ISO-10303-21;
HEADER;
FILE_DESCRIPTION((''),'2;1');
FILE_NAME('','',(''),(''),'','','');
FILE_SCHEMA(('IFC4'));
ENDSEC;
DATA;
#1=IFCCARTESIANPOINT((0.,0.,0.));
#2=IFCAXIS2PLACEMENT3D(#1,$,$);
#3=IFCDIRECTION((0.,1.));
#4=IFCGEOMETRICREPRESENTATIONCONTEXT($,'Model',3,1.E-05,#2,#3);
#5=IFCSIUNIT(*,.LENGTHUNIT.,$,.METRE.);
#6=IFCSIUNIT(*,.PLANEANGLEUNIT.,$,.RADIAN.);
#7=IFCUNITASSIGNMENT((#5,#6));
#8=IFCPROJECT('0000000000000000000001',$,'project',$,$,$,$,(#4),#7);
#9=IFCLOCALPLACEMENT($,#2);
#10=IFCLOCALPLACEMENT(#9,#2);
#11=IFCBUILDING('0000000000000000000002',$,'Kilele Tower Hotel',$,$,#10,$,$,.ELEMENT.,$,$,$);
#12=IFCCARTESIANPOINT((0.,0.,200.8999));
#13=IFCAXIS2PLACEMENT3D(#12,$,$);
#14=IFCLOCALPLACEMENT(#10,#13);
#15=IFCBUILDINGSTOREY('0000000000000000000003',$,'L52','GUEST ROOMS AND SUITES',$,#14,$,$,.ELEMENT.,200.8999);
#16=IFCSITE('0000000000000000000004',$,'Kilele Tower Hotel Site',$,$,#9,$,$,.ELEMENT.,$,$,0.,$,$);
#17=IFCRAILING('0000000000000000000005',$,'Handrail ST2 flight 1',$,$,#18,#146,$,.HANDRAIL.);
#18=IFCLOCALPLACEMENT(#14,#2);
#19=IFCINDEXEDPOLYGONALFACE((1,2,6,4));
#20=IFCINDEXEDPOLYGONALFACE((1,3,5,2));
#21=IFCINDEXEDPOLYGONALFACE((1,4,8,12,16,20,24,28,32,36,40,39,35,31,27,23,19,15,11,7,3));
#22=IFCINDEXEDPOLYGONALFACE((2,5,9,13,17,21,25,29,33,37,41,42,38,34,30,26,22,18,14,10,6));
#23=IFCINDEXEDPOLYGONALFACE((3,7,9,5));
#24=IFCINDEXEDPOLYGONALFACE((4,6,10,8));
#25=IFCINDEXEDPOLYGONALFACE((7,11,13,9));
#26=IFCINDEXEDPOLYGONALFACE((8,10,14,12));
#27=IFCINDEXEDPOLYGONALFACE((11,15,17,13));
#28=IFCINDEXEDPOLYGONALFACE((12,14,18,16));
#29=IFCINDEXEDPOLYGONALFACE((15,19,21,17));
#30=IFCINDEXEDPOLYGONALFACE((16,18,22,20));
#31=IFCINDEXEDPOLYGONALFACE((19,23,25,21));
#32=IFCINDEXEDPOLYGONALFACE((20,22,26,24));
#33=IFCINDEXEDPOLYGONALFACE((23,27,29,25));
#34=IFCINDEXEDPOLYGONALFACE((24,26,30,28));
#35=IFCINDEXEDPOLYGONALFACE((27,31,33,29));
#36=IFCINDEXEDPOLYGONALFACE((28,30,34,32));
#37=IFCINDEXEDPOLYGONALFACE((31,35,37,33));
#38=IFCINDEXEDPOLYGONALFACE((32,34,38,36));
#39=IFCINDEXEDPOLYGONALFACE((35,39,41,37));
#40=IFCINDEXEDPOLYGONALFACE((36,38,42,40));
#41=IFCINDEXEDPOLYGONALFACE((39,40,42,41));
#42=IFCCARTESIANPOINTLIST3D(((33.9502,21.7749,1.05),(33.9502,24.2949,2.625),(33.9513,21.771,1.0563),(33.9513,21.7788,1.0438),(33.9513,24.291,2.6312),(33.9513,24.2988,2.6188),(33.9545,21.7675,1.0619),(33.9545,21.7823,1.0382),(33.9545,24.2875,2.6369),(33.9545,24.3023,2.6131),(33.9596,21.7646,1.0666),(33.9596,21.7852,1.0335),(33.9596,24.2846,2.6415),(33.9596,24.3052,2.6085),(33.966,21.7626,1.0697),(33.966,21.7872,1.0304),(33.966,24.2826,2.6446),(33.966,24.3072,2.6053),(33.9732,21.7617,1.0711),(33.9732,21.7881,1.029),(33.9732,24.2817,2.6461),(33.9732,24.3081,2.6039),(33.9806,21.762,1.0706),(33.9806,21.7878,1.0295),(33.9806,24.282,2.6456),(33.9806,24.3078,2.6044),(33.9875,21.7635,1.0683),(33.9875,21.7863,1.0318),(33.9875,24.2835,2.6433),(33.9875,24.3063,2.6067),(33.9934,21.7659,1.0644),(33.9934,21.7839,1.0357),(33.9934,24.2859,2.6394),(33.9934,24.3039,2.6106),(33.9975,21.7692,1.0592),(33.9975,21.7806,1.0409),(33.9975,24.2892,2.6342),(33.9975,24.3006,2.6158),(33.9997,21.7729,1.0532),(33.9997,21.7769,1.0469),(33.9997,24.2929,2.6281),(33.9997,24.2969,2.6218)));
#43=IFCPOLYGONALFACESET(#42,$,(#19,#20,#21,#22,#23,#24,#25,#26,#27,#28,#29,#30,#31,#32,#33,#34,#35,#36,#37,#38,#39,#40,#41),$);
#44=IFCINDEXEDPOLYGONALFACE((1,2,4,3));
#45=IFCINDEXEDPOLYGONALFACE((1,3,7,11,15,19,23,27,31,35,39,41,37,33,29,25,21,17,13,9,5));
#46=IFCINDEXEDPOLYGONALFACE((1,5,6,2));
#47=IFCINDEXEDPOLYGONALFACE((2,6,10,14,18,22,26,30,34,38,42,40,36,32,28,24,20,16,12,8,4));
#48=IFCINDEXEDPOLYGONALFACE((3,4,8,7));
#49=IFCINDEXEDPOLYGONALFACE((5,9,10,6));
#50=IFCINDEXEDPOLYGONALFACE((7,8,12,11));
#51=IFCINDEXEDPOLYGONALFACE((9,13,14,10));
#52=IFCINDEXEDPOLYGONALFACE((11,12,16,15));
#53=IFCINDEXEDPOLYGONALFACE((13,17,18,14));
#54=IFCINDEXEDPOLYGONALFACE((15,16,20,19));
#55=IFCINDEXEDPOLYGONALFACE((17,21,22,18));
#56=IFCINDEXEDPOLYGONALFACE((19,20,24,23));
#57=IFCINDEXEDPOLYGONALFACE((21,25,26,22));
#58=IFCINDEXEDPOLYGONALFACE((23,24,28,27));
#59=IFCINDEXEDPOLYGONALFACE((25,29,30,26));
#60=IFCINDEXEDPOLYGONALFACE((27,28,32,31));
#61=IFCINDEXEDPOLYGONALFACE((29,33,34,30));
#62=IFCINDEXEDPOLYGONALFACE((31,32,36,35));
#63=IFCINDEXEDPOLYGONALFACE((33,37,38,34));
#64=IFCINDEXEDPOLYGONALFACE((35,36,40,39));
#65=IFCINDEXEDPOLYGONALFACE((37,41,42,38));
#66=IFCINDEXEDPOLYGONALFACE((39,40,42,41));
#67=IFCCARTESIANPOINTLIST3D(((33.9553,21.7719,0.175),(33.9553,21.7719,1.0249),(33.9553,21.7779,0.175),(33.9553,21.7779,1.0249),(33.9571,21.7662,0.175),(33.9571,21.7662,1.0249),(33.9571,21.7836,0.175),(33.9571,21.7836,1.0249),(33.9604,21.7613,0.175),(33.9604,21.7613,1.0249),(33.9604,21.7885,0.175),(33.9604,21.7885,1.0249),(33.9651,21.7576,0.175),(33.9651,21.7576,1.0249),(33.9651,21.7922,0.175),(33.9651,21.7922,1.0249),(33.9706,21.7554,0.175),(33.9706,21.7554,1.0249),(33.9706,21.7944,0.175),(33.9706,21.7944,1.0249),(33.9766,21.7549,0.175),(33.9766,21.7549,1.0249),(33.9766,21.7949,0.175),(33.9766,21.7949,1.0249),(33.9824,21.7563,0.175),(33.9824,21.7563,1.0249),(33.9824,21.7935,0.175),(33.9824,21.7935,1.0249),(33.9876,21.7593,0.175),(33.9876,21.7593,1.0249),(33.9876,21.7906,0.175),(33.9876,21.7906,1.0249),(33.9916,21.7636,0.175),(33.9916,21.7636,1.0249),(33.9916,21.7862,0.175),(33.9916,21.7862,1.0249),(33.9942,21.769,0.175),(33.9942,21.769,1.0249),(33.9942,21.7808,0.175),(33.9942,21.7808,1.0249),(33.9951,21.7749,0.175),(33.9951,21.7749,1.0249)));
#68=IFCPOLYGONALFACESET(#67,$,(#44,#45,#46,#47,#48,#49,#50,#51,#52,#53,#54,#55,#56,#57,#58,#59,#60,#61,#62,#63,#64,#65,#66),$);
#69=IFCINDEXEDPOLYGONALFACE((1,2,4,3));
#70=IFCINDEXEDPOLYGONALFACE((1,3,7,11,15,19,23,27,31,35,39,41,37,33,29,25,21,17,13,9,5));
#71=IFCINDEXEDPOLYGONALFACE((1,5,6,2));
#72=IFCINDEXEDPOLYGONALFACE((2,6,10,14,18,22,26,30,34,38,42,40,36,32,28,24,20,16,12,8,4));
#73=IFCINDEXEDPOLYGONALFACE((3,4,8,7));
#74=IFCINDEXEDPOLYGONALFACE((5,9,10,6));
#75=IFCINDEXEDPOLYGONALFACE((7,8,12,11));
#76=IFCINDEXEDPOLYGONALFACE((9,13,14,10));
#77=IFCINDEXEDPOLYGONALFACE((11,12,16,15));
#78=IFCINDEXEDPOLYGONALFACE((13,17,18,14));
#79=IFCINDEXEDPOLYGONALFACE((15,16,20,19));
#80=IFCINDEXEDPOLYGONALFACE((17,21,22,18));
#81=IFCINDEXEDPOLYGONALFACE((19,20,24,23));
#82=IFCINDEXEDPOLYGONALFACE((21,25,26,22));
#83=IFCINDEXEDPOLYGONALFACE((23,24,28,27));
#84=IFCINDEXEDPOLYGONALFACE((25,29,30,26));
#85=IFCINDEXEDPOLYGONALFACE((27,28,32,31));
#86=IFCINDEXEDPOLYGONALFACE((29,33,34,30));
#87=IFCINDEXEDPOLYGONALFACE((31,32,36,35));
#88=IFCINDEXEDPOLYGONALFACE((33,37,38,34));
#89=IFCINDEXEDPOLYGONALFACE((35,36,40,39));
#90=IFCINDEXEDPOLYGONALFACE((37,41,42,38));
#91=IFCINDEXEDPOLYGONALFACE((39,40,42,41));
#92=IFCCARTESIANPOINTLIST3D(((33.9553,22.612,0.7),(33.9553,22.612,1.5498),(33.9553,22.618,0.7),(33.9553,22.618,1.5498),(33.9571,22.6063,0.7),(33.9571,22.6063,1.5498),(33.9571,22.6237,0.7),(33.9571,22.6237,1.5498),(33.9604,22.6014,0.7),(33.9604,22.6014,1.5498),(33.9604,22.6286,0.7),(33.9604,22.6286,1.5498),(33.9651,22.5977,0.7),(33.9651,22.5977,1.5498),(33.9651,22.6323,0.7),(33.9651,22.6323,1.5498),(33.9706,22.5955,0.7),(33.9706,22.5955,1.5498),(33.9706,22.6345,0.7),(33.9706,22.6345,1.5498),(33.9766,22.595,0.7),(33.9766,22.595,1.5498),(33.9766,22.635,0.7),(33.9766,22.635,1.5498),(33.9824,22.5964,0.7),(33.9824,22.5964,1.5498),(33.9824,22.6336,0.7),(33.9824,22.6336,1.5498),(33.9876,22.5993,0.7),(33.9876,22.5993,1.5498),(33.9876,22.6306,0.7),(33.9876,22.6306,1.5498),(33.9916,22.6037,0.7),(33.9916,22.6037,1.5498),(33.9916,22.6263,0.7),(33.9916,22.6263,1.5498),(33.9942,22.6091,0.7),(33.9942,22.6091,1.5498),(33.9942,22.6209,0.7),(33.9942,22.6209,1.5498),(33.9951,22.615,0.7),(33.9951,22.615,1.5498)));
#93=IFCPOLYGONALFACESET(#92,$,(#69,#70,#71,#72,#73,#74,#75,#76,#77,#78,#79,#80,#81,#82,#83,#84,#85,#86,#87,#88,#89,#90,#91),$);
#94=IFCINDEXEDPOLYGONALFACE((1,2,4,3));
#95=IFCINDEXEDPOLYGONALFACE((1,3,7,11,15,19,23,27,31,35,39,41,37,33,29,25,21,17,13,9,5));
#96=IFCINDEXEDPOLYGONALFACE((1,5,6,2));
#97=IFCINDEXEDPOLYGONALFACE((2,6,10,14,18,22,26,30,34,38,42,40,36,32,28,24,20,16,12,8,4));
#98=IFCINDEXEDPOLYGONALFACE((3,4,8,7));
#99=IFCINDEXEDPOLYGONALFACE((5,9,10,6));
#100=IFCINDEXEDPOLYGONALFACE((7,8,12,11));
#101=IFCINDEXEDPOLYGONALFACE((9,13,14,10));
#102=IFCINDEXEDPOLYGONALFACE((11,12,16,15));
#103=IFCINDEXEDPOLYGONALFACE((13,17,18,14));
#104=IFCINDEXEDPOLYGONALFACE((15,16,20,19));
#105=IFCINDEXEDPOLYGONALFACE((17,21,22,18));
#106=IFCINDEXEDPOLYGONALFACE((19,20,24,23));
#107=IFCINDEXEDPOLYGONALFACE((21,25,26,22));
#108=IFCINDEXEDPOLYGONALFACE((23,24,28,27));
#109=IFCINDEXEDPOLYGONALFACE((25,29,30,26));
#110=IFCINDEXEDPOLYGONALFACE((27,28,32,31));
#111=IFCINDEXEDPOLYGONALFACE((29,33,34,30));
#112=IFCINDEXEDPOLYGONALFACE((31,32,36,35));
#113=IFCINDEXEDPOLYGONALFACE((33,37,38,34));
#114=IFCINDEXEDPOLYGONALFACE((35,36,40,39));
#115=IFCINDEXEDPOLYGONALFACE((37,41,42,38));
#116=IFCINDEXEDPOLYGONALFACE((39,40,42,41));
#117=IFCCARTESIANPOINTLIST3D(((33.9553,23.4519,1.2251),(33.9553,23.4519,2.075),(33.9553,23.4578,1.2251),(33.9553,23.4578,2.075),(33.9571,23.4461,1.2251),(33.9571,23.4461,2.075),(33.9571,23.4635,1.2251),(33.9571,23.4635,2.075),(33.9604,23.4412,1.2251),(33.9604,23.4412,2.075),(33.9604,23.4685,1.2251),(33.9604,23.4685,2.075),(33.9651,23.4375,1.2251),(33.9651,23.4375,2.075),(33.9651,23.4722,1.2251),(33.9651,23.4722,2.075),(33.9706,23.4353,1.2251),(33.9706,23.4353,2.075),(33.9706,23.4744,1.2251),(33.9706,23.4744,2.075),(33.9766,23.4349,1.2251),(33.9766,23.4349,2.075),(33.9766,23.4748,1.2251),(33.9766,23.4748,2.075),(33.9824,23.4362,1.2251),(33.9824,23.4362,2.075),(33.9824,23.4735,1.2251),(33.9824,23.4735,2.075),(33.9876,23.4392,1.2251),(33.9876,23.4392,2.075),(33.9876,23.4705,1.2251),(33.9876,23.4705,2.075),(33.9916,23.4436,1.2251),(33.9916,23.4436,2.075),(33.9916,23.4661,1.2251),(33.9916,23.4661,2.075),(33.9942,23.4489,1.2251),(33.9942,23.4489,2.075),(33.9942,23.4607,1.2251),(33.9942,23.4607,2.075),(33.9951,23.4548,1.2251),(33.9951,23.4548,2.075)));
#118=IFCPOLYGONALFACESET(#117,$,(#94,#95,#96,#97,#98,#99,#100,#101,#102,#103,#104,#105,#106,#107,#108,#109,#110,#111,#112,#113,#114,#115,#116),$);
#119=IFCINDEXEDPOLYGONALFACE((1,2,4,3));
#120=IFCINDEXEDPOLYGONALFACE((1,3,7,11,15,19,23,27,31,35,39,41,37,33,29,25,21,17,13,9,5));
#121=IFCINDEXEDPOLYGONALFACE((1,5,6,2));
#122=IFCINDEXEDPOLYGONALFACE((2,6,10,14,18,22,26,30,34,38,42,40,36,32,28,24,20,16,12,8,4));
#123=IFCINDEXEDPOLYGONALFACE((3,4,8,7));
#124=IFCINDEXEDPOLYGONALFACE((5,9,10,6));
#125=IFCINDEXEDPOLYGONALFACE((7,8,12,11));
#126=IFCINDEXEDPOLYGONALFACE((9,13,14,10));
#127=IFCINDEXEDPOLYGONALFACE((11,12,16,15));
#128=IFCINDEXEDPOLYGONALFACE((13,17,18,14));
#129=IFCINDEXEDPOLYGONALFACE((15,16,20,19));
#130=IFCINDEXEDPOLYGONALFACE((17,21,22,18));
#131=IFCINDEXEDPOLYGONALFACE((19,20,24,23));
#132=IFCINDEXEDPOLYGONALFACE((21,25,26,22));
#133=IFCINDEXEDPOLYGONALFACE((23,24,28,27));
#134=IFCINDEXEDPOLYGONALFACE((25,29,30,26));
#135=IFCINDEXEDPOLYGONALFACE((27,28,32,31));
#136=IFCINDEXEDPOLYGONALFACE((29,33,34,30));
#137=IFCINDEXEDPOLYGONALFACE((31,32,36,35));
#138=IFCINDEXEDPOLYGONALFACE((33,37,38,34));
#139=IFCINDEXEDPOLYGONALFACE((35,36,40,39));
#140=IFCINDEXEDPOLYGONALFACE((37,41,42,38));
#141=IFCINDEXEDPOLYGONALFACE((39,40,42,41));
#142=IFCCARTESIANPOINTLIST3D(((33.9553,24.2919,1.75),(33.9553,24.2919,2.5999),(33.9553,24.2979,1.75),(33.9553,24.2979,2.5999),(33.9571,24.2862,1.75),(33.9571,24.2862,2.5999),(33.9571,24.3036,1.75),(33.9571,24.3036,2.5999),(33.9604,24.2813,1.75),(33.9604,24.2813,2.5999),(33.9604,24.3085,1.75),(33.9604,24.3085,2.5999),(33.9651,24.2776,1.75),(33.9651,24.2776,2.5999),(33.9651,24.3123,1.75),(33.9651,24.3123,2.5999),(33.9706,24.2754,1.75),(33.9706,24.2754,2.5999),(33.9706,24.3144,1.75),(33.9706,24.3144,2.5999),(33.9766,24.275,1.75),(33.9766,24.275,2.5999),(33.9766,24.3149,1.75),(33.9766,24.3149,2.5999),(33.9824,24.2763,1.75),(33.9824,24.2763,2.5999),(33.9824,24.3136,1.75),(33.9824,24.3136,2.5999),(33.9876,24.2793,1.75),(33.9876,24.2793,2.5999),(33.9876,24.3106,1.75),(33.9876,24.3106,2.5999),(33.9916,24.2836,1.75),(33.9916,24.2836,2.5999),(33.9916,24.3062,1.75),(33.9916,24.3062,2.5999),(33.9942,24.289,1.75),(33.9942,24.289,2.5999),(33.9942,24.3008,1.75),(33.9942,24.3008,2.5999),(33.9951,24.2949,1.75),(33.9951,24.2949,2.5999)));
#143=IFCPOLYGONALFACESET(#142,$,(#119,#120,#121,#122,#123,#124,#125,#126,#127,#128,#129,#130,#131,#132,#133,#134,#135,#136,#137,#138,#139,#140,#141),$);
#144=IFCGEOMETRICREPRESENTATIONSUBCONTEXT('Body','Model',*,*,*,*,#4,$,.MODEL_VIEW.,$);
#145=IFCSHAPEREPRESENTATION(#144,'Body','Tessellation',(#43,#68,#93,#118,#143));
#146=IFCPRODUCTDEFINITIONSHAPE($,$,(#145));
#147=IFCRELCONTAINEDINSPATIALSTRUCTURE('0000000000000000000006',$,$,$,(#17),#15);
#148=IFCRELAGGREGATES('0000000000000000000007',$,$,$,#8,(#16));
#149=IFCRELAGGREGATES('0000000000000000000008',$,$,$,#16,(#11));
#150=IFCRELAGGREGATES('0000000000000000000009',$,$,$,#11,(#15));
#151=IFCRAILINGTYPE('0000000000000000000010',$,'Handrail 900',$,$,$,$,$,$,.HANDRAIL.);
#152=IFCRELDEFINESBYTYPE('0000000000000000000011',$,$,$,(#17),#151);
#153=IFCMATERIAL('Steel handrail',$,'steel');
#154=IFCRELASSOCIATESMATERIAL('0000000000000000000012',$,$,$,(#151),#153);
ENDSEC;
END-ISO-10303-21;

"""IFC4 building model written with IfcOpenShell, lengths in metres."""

from ifc_helpers import new_model, si_unit, direction, frame, origin, origin_2d, place, context, subcontext, project, spatial, circle, extrude, material, type_object, element, save


model = new_model("IFC4")

# Units and contexts
model_context = context("Model", 3, precision=1e-05, world=origin(), true_north=direction((0.0, 1.0)))
body_context = subcontext(model_context, "Body", "Model", "MODEL_VIEW")
ifc_project = project(units=[si_unit("LENGTHUNIT", "METRE"), si_unit("PLANEANGLEUNIT", "RADIAN")], contexts=[model_context])

# Site, building, storey
site_placement = place(None, origin())
site = spatial("IfcSite", under=ifc_project, at=site_placement, Name="Kilele Tower Hotel Site", CompositionType="ELEMENT", RefElevation=0.0)
building_placement = place(site_placement, origin())
building = spatial("IfcBuilding", under=site, at=building_placement, Name="Kilele Tower Hotel", CompositionType="ELEMENT")
storey_placement = place(building_placement, frame((0.0, 0.0, 200.8999)))
storey = spatial("IfcBuildingStorey", under=building, at=storey_placement, Name="L52", Description="GUEST ROOMS AND SUITES", CompositionType="ELEMENT", Elevation=200.8999)

# Railing
ifc_material_1 = material(Name="Steel handrail", Category="steel")
railing_type_1 = type_object("IfcRailingType", Name="Handrail 900", PredefinedType="HANDRAIL", material=ifc_material_1)
for number, where, name in (
    (1, (33.9751, 21.7749, 0.175), "Handrail ST2 flight 1"),
):
    element("IfcRailing", number, at=place(storey_placement, frame(where)), inside=storey, type_object=railing_type_1, Name=name, PredefinedType="HANDRAIL", context=body_context, shape_type="SweptSolid", body=[
        extrude(circle(Radius=0.0249, at=origin_2d()), frame((0.0, 0.0, 0.875), z_axis=(0.0, 0.848008, 0.529984), x_axis=(-1.0, 0.0, 0.0)), (0.0, 0.0, 1.0), 2.9717),
        extrude(circle(Radius=0.02, at=origin_2d()), origin(), (0.0, 0.0, 1.0), 0.8499),
        extrude(circle(Radius=0.02, at=origin_2d()), frame((0.0, 0.8401, 0.5249)), (0.0, 0.0, 1.0), 0.8499),
        extrude(circle(Radius=0.02, at=origin_2d()), frame((0.0, 1.6799, 1.05)), (0.0, 0.0, 1.0), 0.8499),
        extrude(circle(Radius=0.02, at=origin_2d()), frame((0.0, 2.52, 1.575)), (0.0, 0.0, 1.0), 0.8499),
    ])

save(model, "model.ifc")
